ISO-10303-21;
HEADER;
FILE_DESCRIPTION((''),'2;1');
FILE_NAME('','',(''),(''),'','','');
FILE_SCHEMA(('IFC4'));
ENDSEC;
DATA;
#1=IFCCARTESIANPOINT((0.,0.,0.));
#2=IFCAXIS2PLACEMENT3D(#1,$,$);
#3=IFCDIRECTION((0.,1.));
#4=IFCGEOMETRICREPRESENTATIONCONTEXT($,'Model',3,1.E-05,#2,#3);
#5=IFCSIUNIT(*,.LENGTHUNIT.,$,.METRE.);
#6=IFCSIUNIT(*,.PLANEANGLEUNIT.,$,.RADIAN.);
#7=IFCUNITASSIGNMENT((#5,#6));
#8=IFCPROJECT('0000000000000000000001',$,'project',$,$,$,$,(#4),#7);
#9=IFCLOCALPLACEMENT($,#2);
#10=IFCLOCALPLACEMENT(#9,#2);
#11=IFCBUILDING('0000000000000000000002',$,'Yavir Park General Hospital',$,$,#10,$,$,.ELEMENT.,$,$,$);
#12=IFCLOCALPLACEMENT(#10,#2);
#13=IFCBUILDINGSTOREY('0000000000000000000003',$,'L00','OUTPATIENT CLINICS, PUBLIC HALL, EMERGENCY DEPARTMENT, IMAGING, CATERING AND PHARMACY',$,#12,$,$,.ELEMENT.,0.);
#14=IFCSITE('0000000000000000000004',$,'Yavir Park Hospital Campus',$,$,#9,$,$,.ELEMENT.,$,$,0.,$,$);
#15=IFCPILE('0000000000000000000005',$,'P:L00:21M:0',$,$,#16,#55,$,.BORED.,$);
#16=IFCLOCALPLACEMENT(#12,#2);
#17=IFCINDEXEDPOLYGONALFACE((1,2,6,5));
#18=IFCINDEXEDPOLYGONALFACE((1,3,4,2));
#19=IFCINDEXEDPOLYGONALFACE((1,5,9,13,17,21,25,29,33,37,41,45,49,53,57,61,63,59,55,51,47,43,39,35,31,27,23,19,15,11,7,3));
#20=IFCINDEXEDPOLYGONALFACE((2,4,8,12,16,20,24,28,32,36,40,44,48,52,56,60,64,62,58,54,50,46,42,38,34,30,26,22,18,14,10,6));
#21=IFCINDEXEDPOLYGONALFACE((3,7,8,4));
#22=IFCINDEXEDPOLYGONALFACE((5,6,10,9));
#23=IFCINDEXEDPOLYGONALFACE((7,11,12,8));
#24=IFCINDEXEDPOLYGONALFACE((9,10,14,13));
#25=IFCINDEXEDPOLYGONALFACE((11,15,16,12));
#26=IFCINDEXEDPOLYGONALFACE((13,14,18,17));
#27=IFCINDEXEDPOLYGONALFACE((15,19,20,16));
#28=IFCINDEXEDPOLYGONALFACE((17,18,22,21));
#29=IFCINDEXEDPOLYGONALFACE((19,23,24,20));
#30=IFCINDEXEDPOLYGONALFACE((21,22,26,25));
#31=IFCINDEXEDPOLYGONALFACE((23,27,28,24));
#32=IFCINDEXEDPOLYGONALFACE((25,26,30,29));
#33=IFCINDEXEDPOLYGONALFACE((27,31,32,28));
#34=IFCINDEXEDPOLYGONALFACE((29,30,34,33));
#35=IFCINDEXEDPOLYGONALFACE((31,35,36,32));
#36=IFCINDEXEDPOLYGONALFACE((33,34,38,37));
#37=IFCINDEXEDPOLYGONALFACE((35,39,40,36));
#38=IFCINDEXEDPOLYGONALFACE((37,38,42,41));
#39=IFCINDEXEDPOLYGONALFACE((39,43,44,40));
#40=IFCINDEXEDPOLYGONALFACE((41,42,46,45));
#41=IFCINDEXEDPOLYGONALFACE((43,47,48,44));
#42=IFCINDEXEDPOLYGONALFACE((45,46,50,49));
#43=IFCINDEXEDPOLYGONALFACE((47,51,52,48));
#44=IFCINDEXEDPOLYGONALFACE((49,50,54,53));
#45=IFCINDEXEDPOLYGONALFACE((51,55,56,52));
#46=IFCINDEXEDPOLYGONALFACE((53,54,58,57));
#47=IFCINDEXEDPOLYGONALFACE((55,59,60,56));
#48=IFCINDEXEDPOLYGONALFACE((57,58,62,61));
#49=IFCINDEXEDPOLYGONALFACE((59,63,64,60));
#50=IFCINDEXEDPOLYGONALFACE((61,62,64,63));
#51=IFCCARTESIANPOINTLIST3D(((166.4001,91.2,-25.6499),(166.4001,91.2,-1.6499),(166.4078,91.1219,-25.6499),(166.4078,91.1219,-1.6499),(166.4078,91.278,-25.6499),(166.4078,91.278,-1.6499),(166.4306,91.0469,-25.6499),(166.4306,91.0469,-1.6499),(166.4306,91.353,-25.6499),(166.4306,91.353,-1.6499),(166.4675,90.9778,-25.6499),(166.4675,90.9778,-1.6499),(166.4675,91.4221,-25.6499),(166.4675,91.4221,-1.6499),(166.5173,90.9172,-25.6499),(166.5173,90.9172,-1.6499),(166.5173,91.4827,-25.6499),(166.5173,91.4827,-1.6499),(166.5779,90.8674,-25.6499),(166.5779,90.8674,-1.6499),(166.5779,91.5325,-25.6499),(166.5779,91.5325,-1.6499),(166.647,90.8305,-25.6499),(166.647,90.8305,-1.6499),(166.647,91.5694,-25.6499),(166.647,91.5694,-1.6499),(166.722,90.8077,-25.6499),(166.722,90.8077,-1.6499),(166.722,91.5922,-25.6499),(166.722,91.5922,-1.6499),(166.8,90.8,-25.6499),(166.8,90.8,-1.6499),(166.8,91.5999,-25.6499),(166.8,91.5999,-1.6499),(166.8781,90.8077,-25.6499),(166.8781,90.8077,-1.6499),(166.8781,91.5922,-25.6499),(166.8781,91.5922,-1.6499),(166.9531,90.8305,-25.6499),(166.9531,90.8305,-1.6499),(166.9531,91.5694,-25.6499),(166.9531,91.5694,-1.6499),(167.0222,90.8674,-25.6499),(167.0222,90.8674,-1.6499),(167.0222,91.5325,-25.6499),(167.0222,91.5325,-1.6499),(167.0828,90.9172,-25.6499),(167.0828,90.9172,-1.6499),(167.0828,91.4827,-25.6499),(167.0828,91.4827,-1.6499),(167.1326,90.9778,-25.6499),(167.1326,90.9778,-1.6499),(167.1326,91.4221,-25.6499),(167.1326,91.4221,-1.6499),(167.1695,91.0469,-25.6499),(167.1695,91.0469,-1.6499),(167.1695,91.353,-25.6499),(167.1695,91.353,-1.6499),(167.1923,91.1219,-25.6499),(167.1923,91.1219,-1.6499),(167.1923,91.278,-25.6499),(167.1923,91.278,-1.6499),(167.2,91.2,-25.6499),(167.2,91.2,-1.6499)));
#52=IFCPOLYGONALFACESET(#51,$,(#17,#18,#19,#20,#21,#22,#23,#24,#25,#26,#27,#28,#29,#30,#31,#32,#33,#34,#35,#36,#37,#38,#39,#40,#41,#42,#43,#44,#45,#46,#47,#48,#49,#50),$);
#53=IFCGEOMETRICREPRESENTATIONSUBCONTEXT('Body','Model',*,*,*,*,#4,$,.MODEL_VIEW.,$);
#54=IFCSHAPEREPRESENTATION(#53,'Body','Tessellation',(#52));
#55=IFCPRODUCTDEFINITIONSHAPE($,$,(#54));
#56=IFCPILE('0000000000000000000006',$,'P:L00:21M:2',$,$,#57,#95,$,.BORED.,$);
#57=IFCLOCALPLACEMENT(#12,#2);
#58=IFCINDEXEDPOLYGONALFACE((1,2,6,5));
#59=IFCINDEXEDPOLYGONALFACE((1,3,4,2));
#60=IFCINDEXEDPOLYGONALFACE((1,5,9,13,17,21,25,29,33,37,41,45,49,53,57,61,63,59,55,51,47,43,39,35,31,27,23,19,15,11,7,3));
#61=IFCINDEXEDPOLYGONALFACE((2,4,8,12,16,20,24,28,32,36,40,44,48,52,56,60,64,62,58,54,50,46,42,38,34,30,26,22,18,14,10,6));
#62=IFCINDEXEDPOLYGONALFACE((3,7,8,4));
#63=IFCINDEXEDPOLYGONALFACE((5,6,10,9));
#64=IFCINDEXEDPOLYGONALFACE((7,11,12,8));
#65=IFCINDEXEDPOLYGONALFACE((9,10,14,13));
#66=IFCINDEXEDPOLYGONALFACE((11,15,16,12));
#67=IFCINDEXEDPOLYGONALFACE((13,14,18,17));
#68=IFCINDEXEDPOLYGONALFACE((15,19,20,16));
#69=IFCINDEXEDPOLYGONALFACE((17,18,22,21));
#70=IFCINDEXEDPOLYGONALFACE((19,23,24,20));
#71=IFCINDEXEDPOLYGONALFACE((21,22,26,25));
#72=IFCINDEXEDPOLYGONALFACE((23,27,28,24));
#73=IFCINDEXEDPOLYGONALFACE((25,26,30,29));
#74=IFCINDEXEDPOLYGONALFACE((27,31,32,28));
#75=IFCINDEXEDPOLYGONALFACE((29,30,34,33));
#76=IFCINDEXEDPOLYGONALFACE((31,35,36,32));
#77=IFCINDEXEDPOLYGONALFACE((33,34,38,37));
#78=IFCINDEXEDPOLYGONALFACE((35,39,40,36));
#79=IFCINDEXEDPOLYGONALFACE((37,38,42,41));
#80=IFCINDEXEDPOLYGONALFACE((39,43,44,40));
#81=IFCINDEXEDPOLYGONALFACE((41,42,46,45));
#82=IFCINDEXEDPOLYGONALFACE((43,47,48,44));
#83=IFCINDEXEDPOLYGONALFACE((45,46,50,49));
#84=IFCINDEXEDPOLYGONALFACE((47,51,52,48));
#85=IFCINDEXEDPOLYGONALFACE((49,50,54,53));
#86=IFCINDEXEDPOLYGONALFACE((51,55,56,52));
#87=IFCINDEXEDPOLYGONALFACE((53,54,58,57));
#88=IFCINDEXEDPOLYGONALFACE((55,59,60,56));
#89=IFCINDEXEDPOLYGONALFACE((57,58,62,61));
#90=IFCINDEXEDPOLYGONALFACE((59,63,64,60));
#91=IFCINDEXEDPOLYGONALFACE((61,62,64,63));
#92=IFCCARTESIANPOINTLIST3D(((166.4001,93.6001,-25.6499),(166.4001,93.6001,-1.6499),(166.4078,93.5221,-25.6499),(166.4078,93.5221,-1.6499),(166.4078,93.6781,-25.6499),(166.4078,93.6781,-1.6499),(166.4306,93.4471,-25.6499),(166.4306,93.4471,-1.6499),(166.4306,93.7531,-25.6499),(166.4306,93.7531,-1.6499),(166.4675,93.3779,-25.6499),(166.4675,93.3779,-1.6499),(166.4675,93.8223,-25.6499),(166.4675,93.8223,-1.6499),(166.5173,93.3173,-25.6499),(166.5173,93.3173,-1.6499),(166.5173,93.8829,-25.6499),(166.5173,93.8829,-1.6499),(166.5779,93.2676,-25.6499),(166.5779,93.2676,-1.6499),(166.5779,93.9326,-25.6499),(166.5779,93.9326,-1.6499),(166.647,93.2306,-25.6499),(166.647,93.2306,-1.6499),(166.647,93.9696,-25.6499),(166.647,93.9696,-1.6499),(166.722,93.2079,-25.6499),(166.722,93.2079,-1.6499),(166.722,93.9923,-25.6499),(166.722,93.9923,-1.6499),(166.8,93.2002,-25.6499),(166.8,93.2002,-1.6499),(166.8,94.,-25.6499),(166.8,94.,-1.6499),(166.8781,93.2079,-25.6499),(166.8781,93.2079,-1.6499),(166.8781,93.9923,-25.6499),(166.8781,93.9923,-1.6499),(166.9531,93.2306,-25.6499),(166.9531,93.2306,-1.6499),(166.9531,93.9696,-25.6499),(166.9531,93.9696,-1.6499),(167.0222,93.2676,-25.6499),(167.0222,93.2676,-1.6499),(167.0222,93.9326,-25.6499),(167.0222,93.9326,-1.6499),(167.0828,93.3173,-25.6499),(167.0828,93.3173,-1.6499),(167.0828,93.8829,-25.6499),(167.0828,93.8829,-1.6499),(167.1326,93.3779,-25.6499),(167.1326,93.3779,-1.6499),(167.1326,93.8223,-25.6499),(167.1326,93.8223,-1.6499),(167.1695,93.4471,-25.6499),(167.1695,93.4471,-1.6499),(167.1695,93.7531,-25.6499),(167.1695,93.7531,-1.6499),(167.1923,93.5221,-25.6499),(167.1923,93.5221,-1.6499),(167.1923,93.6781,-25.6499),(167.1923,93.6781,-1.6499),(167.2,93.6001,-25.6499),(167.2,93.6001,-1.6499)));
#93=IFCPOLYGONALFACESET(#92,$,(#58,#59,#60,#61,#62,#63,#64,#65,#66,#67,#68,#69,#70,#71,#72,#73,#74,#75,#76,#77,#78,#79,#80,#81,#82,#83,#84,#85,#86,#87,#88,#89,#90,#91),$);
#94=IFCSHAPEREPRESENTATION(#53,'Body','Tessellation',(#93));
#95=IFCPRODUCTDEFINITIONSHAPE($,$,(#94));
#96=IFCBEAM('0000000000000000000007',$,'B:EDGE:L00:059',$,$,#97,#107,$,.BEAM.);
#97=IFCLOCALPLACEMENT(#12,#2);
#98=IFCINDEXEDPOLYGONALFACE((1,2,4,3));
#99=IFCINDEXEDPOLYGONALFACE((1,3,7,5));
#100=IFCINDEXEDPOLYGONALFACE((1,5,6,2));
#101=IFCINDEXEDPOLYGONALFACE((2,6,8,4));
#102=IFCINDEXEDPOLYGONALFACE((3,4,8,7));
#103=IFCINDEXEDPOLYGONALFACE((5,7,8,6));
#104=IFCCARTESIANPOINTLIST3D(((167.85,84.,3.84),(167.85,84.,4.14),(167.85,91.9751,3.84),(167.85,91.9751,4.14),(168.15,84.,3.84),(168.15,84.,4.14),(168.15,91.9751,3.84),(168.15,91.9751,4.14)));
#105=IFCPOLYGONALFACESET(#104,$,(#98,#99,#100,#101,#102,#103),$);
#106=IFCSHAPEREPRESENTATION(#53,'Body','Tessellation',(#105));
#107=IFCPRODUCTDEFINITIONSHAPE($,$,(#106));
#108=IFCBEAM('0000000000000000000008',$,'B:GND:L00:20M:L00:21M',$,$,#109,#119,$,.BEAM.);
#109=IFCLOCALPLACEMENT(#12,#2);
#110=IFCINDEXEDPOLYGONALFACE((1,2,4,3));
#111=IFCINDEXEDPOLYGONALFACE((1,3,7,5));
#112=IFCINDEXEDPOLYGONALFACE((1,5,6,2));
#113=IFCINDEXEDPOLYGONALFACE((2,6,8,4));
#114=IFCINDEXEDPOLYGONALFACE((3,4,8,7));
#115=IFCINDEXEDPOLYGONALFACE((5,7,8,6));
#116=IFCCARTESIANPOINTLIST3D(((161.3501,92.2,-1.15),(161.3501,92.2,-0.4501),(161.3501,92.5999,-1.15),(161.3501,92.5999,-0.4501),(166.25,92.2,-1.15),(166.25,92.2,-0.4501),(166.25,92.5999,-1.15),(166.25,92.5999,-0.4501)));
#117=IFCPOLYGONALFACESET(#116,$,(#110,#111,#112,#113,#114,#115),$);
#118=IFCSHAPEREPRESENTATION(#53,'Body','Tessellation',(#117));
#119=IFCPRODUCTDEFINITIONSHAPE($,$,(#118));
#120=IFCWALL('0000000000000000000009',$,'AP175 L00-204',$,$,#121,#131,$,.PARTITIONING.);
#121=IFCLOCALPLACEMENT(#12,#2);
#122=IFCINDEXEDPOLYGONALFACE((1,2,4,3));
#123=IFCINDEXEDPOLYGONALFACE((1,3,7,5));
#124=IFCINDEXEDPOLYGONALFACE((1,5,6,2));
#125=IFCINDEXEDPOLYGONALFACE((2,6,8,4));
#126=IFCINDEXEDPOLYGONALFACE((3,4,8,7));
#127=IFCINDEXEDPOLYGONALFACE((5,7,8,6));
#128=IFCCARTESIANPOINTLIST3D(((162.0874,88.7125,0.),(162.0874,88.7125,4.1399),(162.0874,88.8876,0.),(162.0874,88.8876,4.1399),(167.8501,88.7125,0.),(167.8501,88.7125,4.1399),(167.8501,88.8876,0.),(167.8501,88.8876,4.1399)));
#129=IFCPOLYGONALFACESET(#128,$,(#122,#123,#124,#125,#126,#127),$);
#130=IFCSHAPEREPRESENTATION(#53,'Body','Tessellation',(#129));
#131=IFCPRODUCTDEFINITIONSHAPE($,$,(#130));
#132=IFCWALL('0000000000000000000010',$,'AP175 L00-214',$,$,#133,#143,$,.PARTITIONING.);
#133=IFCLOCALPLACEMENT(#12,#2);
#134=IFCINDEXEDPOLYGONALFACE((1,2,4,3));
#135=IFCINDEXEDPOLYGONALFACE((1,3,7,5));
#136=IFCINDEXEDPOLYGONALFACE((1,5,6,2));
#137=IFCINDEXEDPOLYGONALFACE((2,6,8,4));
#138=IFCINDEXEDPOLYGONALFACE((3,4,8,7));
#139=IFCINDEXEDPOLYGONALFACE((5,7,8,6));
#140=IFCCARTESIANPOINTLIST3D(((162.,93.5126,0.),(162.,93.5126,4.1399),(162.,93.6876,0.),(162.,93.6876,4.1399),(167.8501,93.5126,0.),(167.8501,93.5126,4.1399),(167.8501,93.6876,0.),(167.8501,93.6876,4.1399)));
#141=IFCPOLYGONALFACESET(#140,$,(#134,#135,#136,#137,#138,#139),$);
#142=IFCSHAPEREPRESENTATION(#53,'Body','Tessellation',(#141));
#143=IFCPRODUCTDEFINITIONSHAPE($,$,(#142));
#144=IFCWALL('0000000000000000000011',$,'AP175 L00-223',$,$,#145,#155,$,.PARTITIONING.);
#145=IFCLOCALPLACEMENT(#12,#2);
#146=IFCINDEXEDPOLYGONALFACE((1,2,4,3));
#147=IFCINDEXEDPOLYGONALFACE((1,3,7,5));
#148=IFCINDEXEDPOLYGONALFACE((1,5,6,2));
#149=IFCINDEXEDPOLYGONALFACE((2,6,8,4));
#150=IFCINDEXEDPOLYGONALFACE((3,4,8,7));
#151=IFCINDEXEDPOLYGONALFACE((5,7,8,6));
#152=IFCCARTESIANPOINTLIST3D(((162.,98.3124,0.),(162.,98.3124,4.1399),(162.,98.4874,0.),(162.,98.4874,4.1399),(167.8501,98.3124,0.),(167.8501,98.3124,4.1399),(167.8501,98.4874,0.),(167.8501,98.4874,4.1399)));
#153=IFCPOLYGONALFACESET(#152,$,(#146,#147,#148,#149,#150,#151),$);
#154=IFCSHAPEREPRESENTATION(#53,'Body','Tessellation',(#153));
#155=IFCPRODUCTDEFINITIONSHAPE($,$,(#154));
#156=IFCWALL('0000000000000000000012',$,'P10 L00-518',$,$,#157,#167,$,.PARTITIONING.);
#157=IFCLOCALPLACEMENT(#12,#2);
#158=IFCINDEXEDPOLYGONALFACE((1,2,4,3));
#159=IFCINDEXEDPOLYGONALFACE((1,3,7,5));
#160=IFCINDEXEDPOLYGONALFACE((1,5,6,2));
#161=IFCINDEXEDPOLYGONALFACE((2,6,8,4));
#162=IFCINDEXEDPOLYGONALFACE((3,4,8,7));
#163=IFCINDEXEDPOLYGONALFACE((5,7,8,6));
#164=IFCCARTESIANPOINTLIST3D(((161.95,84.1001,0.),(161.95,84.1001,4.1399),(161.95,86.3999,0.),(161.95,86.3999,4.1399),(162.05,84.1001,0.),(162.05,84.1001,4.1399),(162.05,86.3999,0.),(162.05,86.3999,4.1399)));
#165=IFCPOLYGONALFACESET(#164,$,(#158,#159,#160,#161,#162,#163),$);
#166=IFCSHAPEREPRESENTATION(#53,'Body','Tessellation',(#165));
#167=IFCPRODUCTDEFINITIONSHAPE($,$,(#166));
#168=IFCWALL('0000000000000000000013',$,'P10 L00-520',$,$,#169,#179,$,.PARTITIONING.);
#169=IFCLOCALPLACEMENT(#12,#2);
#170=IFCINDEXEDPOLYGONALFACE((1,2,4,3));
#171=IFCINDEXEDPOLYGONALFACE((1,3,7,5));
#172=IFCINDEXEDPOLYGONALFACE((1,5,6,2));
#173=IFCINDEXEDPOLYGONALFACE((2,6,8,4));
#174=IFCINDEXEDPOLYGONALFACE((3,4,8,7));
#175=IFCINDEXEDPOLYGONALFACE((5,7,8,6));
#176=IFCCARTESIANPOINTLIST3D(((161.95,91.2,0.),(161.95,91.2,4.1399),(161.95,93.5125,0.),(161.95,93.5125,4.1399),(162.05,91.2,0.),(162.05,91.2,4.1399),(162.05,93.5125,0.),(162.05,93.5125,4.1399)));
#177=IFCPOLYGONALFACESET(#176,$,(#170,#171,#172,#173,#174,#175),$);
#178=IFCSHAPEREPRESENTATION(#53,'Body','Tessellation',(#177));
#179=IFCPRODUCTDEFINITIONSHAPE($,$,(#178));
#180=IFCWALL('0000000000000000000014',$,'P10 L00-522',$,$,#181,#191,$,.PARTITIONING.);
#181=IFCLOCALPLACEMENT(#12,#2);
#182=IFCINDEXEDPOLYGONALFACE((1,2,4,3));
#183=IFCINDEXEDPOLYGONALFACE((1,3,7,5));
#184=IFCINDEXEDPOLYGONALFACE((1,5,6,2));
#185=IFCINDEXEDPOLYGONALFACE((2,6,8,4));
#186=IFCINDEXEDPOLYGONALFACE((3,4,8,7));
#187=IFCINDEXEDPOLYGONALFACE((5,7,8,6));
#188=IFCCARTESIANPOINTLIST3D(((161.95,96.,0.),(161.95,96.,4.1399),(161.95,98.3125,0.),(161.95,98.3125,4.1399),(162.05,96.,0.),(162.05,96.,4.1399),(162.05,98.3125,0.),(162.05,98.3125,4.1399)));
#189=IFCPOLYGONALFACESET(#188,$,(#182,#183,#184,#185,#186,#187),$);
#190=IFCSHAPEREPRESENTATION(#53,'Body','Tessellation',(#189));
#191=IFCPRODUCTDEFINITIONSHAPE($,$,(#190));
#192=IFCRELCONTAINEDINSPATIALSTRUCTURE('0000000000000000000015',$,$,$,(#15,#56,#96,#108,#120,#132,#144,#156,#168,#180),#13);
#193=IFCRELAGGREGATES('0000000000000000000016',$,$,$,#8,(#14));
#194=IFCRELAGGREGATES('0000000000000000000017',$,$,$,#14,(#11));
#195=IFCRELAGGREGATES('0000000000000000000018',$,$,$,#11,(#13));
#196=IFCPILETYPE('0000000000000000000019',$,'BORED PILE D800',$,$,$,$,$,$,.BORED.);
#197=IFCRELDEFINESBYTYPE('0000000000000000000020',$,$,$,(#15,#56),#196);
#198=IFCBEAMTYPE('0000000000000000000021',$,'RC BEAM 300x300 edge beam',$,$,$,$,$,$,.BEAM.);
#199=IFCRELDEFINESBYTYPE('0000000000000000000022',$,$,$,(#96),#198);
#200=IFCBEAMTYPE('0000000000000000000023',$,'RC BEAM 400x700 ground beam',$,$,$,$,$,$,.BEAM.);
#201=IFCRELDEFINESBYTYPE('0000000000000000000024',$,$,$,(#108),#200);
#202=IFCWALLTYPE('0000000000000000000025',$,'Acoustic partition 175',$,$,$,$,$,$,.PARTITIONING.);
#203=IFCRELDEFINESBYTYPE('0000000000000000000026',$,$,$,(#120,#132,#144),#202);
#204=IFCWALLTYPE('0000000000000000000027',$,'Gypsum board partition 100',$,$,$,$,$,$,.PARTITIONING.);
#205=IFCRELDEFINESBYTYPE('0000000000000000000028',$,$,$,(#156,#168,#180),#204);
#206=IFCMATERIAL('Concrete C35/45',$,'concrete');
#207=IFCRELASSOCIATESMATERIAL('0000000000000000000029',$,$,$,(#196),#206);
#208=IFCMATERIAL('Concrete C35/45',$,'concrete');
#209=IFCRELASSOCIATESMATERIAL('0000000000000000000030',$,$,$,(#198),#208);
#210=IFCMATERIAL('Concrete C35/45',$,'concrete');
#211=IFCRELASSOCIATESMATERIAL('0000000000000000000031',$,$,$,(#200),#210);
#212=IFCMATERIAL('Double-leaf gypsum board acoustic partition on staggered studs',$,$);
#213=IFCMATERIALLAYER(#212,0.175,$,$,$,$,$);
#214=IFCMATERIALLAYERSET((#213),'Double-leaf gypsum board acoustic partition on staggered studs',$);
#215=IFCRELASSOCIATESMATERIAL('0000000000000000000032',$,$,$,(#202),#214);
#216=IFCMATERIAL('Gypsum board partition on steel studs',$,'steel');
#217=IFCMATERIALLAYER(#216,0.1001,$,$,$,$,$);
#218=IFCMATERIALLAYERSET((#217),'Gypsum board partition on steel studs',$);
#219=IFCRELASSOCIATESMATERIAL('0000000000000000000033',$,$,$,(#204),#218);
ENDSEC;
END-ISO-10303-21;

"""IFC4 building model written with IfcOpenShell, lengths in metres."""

from ifc_helpers import new_model, si_unit, direction, frame, frame_2d, origin, origin_2d, place, context, subcontext, project, spatial, rectangle, circle, extrude, material, layer, layer_set, material_profile, profile_set, type_object, element, save


model = new_model("IFC4")

# Units and contexts
model_context = context("Model", 3, precision=1e-05, world=origin(), true_north=direction((0.0, 1.0)))
body_context = subcontext(model_context, "Body", "Model", "MODEL_VIEW")
ifc_project = project(units=[si_unit("LENGTHUNIT", "METRE"), si_unit("PLANEANGLEUNIT", "RADIAN")], contexts=[model_context])

# Site, building, storey
site_placement = place(None, origin())
site = spatial("IfcSite", under=ifc_project, at=site_placement, Name="Yavir Park Hospital Campus", CompositionType="ELEMENT", RefElevation=0.0)
building_placement = place(site_placement, origin())
building = spatial("IfcBuilding", under=site, at=building_placement, Name="Yavir Park General Hospital", CompositionType="ELEMENT")
storey_placement = place(building_placement, origin())
storey = spatial("IfcBuildingStorey", under=building, at=storey_placement, Name="L00", Description="OUTPATIENT CLINICS, PUBLIC HALL, EMERGENCY DEPARTMENT, IMAGING, CATERING AND PHARMACY", CompositionType="ELEMENT", Elevation=0.0)

# Piles
ifc_material_1 = material(Name="Concrete C35/45", Category="concrete")
ifc_material_profile_1 = material_profile(ifc_material_1, circle(Radius=0.3999, at=origin_2d()), Name="D800")
ifc_profile_set_1 = profile_set([ifc_material_profile_1], Name="Concrete C35/45")
pile_type_1 = type_object("IfcPileType", Name="BORED PILE D800", PredefinedType="BORED", material=ifc_profile_set_1)
for number, where, z_axis, x_axis, name in (
    (1, (166.8, 91.2, -1.6499), (0.0, 0.0, -1.0), (1.0, 0.0, 0.0), "P:L00:21M:0"),
    (2, (166.8, 93.6001, -1.6499), (0.0, 0.0, -1.0), (1.0, 0.0, 0.0), "P:L00:21M:2"),
):
    element("IfcPile", number, at=place(storey_placement, frame(where, z_axis=z_axis, x_axis=x_axis)), inside=storey, type_object=pile_type_1, Name=name, PredefinedType="BORED", context=body_context, shape_type="SweptSolid", body=[
        extrude(circle(Radius=0.3999, at=origin_2d()), origin(), (0.0, 0.0, 1.0), 24.0),
    ])

# Beams
ifc_material_2 = material(Name="Concrete C35/45", Category="concrete")
ifc_material_profile_2 = material_profile(ifc_material_2, rectangle(XDim=0.3, YDim=0.3, at=origin_2d()), Name="RC300x300")
ifc_profile_set_2 = profile_set([ifc_material_profile_2], Name="Concrete C35/45")
beam_type_1 = type_object("IfcBeamType", Name="RC BEAM 300x300 edge beam", PredefinedType="BEAM", material=ifc_profile_set_2)
beam_1_placement = place(storey_placement, frame((168.0, 84.0, 3.99), z_axis=(0.0, 1.0, 0.0), x_axis=(-1.0, 0.0, 0.0)))
element("IfcBeam", 3, at=beam_1_placement, inside=storey, type_object=beam_type_1, Name="B:EDGE:L00:059", PredefinedType="BEAM", context=body_context, shape_type="SweptSolid", body=[
    extrude(rectangle(XDim=0.3, YDim=0.3, at=origin_2d()), origin(), (0.0, 0.0, 1.0), 7.9751),
])
ifc_material_3 = material(Name="Concrete C35/45", Category="concrete")
ifc_material_profile_3 = material_profile(ifc_material_3, rectangle(XDim=0.3999, YDim=0.7, at=origin_2d()), Name="RC400x700")
ifc_profile_set_3 = profile_set([ifc_material_profile_3], Name="Concrete C35/45")
beam_type_2 = type_object("IfcBeamType", Name="RC BEAM 400x700 ground beam", PredefinedType="BEAM", material=ifc_profile_set_3)
beam_2_placement = place(storey_placement, frame((161.3501, 92.3999, -0.8), z_axis=(1.0, 0.0, 0.0), x_axis=(0.0, 1.0, 0.0)))
element("IfcBeam", 4, at=beam_2_placement, inside=storey, type_object=beam_type_2, Name="B:GND:L00:20M:L00:21M", PredefinedType="BEAM", context=body_context, shape_type="SweptSolid", body=[
    extrude(rectangle(XDim=0.3999, YDim=0.7, at=origin_2d()), origin(), (0.0, 0.0, 1.0), 4.8999),
])

# Walls
ifc_material_4 = material(Name="Double-leaf gypsum board acoustic partition on staggered studs")
ifc_layer_1 = layer(ifc_material_4, 0.175)
ifc_layer_set_1 = layer_set([ifc_layer_1], Name="Double-leaf gypsum board acoustic partition on staggered studs")
wall_type_1 = type_object("IfcWallType", Name="Acoustic partition 175", PredefinedType="PARTITIONING", material=ifc_layer_set_1)
wall_1_placement = place(storey_placement, frame((162.0874, 88.8, 0.0), z_axis=(0.0, 0.0, 1.0), x_axis=(1.0, 0.0, 0.0)))
element("IfcWall", 5, at=wall_1_placement, inside=storey, type_object=wall_type_1, Name="AP175 L00-204", PredefinedType="PARTITIONING", context=body_context, shape_type="SweptSolid", body=[
    extrude(rectangle(XDim=5.7627, YDim=0.175, at=frame_2d((2.8813, 0.0))), origin(), (0.0, 0.0, 1.0), 4.1399),
])
for number, where, z_axis, x_axis, name in (
    (6, (162.0, 93.6001, 0.0), (0.0, 0.0, 1.0), (1.0, 0.0, 0.0), "AP175 L00-214"),
    (7, (162.0, 98.3999, 0.0), (0.0, 0.0, 1.0), (1.0, 0.0, 0.0), "AP175 L00-223"),
):
    element("IfcWall", number, at=place(storey_placement, frame(where, z_axis=z_axis, x_axis=x_axis)), inside=storey, type_object=wall_type_1, Name=name, PredefinedType="PARTITIONING", context=body_context, shape_type="SweptSolid", body=[
        extrude(rectangle(XDim=5.8501, YDim=0.175, at=frame_2d((2.925, 0.0))), origin(), (0.0, 0.0, 1.0), 4.1399),
    ])

# Walls
ifc_material_5 = material(Name="Gypsum board partition on steel studs", Category="steel")
ifc_layer_2 = layer(ifc_material_5, 0.1001)
ifc_layer_set_2 = layer_set([ifc_layer_2], Name="Gypsum board partition on steel studs")
wall_type_2 = type_object("IfcWallType", Name="Gypsum board partition 100", PredefinedType="PARTITIONING", material=ifc_layer_set_2)
wall_2_placement = place(storey_placement, frame((162.0, 84.1001, 0.0), z_axis=(0.0, 0.0, 1.0), x_axis=(0.0, 1.0, 0.0)))
element("IfcWall", 8, at=wall_2_placement, inside=storey, type_object=wall_type_2, Name="P10 L00-518", PredefinedType="PARTITIONING", context=body_context, shape_type="SweptSolid", body=[
    extrude(rectangle(XDim=2.2998, YDim=0.1001, at=frame_2d((1.1499, 0.0))), origin(), (0.0, 0.0, 1.0), 4.1399),
])
for number, where, z_axis, x_axis, name in (
    (9, (162.0, 91.2, 0.0), (0.0, 0.0, 1.0), (0.0, 1.0, 0.0), "P10 L00-520"),
    (10, (162.0, 96.0, 0.0), (0.0, 0.0, 1.0), (0.0, 1.0, 0.0), "P10 L00-522"),
):
    element("IfcWall", number, at=place(storey_placement, frame(where, z_axis=z_axis, x_axis=x_axis)), inside=storey, type_object=wall_type_2, Name=name, PredefinedType="PARTITIONING", context=body_context, shape_type="SweptSolid", body=[
        extrude(rectangle(XDim=2.3125, YDim=0.1001, at=frame_2d((1.1562, 0.0))), origin(), (0.0, 0.0, 1.0), 4.1399),
    ])

save(model, "model.ifc")
